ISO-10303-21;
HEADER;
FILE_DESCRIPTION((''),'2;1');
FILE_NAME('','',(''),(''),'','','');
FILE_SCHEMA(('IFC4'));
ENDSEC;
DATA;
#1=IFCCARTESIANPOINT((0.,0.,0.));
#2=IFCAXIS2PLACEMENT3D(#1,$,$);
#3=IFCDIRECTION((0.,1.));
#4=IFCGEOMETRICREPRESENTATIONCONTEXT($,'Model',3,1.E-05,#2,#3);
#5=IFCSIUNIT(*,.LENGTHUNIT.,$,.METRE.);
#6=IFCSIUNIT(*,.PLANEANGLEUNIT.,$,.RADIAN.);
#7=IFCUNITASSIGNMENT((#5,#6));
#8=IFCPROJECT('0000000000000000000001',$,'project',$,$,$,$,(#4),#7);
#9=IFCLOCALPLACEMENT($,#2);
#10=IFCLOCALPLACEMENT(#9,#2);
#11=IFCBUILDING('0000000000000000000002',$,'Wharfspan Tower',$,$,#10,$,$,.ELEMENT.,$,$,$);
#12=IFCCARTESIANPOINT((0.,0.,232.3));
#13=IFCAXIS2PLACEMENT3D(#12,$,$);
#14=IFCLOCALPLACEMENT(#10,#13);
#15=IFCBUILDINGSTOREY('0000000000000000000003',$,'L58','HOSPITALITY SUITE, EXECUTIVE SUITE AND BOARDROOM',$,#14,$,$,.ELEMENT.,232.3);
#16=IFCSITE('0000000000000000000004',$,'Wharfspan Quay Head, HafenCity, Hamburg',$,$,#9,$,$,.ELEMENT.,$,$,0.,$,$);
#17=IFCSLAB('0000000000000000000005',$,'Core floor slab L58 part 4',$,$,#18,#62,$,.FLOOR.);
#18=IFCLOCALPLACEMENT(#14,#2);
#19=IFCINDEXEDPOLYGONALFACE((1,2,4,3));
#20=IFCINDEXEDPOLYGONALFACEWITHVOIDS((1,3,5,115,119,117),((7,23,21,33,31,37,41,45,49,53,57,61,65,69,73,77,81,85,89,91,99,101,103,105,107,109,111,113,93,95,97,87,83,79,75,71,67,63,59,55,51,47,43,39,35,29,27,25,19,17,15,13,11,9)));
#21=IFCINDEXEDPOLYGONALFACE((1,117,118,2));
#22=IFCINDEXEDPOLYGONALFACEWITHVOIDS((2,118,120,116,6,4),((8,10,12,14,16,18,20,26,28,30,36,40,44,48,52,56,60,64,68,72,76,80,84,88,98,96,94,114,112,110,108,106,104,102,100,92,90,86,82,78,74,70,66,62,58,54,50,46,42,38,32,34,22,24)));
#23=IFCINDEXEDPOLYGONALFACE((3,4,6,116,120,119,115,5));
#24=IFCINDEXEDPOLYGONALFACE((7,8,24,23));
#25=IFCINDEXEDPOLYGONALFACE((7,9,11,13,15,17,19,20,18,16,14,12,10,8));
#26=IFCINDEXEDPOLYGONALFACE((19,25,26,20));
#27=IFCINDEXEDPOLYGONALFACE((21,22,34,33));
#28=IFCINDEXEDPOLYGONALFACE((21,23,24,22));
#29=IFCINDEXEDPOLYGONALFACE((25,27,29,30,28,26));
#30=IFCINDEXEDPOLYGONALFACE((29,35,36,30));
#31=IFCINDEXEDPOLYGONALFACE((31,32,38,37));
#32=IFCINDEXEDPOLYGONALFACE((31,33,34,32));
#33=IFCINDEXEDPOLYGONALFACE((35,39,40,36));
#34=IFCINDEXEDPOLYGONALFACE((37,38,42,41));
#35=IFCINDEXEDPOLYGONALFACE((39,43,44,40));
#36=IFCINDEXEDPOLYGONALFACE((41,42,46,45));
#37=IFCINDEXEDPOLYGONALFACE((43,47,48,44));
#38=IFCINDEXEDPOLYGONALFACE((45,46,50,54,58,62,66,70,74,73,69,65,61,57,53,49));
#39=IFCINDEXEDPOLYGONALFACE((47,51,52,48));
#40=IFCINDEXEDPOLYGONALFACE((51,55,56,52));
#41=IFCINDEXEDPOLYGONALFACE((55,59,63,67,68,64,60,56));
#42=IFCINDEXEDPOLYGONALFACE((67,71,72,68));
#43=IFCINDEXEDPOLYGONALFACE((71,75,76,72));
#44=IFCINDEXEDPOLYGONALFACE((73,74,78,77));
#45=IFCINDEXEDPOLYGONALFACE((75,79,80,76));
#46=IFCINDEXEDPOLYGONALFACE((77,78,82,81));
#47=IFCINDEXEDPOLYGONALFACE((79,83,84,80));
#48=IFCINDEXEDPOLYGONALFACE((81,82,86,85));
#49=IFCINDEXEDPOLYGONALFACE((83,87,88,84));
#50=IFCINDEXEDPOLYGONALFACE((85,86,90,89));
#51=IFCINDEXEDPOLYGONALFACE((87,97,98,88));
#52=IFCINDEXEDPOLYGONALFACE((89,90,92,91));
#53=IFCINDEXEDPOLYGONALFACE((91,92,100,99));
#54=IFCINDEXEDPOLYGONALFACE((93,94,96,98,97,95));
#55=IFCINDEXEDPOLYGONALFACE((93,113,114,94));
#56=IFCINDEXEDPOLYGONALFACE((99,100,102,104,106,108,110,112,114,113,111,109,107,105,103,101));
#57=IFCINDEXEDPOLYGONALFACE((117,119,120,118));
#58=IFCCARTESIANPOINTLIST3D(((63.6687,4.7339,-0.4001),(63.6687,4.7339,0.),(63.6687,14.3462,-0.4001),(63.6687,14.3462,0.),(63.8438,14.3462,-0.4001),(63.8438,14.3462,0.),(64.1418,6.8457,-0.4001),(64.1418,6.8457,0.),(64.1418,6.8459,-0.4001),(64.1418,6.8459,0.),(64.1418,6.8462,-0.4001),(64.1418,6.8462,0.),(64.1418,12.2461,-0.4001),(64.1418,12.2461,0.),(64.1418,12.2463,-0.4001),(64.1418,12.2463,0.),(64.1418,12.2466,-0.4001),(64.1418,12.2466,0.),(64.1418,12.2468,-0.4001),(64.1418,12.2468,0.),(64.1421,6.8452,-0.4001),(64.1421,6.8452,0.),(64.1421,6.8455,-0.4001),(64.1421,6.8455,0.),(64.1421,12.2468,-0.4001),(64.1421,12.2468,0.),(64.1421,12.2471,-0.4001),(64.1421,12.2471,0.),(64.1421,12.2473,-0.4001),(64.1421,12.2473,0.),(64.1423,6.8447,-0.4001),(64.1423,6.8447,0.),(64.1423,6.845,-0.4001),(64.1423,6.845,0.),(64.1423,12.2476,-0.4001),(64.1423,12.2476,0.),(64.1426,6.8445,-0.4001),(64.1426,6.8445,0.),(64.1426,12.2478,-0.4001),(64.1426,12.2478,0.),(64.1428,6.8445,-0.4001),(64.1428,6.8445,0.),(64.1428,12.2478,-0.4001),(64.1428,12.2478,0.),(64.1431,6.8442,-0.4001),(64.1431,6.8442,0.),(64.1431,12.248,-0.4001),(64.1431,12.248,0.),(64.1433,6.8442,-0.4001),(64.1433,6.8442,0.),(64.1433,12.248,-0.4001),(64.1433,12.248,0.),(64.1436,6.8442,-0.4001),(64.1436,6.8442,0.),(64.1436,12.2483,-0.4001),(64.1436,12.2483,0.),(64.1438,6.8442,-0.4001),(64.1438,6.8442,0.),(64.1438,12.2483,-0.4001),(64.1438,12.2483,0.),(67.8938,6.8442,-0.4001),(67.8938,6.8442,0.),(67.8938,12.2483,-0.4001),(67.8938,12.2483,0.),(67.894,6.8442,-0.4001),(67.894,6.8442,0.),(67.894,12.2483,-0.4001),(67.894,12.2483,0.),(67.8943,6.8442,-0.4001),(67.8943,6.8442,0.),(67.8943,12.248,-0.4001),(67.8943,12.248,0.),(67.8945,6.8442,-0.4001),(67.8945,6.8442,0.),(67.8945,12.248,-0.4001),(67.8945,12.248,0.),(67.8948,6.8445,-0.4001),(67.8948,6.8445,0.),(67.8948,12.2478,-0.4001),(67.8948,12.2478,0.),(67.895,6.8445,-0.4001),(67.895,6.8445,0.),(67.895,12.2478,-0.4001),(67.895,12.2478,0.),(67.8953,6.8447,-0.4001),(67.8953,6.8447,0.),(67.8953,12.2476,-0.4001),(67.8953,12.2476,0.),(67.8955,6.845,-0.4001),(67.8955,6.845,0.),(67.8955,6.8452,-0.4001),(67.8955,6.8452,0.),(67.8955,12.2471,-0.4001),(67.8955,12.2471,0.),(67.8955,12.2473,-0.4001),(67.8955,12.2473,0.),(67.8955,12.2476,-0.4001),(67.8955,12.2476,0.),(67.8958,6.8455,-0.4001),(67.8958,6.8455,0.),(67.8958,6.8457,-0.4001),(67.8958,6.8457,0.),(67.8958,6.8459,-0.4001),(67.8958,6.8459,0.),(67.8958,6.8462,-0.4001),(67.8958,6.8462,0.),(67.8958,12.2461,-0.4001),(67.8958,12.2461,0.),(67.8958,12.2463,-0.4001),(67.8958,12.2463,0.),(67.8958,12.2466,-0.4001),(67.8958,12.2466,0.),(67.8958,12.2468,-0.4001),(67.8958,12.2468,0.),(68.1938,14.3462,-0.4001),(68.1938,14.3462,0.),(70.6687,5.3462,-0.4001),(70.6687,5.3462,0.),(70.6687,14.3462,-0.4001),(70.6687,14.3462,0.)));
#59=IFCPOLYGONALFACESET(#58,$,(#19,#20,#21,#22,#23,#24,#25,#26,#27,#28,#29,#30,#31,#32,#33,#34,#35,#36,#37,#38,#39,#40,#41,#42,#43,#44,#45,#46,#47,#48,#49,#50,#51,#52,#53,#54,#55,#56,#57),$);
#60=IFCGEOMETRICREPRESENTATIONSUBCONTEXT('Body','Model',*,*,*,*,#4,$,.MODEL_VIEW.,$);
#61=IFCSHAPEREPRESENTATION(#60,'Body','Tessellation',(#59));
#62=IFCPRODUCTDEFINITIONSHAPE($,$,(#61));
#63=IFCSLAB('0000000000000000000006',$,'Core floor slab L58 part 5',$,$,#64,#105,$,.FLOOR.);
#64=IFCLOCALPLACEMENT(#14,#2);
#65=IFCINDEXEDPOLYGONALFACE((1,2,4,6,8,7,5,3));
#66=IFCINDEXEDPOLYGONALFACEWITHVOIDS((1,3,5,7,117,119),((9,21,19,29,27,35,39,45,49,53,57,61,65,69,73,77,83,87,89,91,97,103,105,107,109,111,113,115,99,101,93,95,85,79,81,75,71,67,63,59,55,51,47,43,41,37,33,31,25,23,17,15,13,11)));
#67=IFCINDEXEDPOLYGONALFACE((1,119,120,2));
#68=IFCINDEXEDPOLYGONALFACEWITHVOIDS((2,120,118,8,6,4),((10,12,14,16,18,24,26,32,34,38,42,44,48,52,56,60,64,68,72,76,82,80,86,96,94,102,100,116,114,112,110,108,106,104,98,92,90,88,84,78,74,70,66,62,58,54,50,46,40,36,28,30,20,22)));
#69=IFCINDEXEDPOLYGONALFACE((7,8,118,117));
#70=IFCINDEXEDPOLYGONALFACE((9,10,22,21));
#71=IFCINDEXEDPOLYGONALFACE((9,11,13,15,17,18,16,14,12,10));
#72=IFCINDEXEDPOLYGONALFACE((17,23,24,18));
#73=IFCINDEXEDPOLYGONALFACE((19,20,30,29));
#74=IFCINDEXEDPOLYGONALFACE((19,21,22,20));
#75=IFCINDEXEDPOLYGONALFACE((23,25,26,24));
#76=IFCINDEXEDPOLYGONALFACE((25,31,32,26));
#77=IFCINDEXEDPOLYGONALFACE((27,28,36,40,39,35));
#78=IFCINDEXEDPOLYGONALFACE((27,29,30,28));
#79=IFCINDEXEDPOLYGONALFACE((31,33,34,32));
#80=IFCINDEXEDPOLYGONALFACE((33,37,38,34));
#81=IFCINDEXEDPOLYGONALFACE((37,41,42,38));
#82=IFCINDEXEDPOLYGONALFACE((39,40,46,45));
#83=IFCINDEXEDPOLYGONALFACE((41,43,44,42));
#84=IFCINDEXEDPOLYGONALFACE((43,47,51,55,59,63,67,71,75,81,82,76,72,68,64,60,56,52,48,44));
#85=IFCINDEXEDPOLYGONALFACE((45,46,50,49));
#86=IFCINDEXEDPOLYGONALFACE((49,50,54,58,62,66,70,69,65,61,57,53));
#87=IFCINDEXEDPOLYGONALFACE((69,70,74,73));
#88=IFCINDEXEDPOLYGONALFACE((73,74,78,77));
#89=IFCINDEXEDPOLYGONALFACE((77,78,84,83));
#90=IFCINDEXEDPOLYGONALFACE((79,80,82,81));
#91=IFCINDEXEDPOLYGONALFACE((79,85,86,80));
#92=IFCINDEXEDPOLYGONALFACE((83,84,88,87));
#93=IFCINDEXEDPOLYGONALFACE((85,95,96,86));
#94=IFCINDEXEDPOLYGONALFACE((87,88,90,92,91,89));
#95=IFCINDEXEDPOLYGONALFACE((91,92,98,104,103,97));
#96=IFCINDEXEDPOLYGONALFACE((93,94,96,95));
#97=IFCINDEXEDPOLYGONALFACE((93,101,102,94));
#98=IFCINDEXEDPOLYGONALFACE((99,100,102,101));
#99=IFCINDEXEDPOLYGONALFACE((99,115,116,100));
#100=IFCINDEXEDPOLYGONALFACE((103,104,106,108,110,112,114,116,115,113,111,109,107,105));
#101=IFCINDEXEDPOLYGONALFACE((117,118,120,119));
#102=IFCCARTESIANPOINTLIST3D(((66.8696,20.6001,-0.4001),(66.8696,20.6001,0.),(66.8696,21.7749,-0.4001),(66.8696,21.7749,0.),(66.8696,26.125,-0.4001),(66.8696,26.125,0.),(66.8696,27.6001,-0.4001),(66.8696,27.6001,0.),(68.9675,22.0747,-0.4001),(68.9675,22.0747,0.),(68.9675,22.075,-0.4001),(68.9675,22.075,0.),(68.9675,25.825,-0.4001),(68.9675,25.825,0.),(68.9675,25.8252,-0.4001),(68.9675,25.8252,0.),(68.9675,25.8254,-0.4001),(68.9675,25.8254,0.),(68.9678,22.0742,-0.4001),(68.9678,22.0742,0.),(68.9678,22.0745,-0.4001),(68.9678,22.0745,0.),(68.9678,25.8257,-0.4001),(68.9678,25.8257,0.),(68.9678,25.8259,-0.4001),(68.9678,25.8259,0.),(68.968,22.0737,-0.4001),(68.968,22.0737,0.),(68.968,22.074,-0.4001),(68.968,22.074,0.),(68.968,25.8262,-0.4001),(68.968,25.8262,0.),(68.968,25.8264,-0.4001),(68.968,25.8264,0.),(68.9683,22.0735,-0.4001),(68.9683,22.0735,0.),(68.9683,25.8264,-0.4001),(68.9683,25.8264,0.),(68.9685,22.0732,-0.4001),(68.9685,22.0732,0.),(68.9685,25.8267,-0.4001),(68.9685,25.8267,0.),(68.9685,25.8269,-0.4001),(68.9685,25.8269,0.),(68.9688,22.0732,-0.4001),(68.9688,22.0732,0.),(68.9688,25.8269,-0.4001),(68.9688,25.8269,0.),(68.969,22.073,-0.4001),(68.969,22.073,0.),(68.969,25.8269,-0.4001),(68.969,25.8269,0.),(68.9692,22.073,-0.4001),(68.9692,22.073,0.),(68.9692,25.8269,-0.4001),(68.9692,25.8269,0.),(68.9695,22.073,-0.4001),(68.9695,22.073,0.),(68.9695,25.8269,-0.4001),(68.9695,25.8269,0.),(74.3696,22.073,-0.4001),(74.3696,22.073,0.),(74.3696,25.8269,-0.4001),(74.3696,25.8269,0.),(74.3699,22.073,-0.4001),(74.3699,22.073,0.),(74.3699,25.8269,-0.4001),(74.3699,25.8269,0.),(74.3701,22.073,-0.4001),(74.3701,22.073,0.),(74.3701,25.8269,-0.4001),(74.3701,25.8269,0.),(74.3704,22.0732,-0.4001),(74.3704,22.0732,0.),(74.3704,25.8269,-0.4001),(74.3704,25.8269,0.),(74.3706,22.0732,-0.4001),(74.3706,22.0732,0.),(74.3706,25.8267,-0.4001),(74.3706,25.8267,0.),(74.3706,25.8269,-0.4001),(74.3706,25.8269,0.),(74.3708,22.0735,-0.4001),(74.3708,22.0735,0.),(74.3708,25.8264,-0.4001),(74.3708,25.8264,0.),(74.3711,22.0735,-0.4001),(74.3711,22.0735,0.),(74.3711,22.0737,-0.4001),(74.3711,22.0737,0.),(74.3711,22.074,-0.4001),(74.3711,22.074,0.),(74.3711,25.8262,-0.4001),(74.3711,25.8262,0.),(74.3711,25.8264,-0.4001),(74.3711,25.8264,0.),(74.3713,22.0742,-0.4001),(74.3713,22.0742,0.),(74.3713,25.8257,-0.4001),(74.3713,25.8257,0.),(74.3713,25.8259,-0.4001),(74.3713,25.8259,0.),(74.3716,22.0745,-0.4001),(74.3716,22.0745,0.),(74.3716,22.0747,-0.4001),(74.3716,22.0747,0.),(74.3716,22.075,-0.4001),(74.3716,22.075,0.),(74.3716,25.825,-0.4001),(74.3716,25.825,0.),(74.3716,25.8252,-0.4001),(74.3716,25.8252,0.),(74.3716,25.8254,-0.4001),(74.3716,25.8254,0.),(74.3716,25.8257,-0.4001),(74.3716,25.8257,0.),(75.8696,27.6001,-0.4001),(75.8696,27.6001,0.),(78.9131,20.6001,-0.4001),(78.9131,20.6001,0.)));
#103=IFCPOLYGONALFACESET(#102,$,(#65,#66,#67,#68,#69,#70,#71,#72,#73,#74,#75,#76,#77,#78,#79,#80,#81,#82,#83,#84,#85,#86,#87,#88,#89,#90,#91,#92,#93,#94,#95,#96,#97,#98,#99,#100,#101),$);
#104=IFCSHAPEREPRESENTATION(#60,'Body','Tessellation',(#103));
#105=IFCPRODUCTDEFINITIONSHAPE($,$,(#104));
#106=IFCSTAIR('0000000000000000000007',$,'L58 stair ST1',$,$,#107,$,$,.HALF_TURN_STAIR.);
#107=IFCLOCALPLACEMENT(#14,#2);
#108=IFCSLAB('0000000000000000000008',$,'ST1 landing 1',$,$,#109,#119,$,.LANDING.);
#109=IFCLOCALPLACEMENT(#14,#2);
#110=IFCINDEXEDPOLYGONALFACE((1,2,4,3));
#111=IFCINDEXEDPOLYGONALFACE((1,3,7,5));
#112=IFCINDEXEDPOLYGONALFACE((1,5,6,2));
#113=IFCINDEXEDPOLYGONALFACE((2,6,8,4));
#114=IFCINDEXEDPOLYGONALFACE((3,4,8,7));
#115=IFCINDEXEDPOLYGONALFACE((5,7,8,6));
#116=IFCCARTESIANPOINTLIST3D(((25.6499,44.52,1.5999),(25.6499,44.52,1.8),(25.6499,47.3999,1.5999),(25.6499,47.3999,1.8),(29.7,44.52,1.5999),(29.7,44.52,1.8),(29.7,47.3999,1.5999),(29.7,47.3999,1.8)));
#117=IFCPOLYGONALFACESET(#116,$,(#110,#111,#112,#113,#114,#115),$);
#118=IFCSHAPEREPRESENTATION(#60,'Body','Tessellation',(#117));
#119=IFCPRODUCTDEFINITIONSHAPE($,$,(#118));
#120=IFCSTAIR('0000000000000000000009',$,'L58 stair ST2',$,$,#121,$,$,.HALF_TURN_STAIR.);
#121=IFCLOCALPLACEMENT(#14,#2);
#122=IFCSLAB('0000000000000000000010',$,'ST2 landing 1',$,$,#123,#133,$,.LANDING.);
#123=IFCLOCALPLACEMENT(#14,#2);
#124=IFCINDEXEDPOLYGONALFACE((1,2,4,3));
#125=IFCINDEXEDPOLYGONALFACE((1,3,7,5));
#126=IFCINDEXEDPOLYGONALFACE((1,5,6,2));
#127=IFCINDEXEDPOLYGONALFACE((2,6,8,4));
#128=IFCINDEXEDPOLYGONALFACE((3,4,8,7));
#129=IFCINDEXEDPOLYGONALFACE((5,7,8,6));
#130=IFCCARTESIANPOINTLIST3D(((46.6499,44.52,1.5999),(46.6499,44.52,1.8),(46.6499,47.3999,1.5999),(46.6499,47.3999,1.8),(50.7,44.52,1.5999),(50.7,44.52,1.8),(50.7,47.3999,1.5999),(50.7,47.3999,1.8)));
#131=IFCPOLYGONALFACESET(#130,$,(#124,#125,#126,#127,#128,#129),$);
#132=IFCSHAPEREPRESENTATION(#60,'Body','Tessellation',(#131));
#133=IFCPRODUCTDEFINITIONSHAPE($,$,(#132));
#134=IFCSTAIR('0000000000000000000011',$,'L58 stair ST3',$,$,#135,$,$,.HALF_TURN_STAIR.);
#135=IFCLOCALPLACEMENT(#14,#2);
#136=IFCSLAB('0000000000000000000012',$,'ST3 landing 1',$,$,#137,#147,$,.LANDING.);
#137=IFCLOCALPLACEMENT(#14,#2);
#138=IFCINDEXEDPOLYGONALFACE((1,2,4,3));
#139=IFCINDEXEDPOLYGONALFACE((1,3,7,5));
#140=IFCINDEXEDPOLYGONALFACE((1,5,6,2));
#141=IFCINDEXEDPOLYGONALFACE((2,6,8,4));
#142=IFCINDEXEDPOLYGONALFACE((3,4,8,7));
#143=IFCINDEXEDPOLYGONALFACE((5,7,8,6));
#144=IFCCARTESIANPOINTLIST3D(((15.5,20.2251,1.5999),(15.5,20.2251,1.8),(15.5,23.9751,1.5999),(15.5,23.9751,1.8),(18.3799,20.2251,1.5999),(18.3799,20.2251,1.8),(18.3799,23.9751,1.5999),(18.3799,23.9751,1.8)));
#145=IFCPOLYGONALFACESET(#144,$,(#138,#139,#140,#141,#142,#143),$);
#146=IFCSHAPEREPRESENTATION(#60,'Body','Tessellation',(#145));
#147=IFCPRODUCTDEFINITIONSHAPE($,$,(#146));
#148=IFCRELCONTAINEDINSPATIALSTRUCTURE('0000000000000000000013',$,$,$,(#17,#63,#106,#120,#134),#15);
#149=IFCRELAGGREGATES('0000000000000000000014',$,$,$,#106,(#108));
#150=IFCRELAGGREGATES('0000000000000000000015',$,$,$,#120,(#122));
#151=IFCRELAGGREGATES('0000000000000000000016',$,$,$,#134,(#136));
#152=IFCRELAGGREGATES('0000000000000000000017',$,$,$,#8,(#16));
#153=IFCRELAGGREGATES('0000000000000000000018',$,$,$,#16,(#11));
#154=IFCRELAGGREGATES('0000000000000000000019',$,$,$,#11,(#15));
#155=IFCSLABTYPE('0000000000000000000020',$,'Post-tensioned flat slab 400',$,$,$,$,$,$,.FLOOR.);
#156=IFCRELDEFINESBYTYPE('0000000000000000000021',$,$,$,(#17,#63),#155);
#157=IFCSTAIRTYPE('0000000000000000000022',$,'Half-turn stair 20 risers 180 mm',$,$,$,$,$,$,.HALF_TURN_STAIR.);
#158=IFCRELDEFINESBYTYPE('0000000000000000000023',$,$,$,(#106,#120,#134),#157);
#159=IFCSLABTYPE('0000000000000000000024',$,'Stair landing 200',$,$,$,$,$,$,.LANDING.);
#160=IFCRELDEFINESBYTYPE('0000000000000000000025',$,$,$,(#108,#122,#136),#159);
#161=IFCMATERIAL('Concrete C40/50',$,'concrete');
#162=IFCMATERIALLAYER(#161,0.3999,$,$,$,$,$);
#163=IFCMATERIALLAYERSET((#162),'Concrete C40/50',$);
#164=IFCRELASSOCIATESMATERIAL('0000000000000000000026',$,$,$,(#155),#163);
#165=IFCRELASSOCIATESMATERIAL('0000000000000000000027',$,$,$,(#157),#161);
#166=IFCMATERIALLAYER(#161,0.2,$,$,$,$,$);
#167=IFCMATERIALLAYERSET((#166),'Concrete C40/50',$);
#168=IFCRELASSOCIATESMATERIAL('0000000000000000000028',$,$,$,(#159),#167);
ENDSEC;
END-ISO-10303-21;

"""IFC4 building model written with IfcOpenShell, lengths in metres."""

from ifc_helpers import new_model, si_unit, direction, frame, origin, place, context, subcontext, project, spatial, polyline, outline, extrude, material, layer, layer_set, type_object, element, aggregate, save


model = new_model("IFC4")

# Units and contexts
model_context = context("Model", 3, precision=1e-05, world=origin(), true_north=direction((0.0, 1.0)))
body_context = subcontext(model_context, "Body", "Model", "MODEL_VIEW")
ifc_project = project(units=[si_unit("LENGTHUNIT", "METRE"), si_unit("PLANEANGLEUNIT", "RADIAN")], contexts=[model_context])

# Site, building, storey
site_placement = place(None, origin())
site = spatial("IfcSite", under=ifc_project, at=site_placement, Name="Wharfspan Quay Head, HafenCity, Hamburg", CompositionType="ELEMENT", RefElevation=0.0)
building_placement = place(site_placement, origin())
building = spatial("IfcBuilding", under=site, at=building_placement, Name="Wharfspan Tower", CompositionType="ELEMENT")
storey_placement = place(building_placement, frame((0.0, 0.0, 232.3)))
storey = spatial("IfcBuildingStorey", under=building, at=storey_placement, Name="L58", Description="HOSPITALITY SUITE, EXECUTIVE SUITE AND BOARDROOM", CompositionType="ELEMENT", Elevation=232.3)

# Slabs
ifc_material_1 = material(Name="Concrete C40/50", Category="concrete")
ifc_layer_1 = layer(ifc_material_1, 0.3999)
ifc_layer_set_1 = layer_set([ifc_layer_1], Name="Concrete C40/50")
slab_type_1 = type_object("IfcSlabType", Name="Post-tensioned flat slab 400", PredefinedType="FLOOR", material=ifc_layer_set_1)
slab_1_placement = place(storey_placement, frame((0.0, 0.0, -0.4001)))
element("IfcSlab", 1, at=slab_1_placement, inside=storey, type_object=slab_type_1, Name="Core floor slab L58 part 4", PredefinedType="FLOOR", context=body_context, shape_type="SweptSolid", body=[
    extrude(outline(polyline([(70.6687, 14.3462), (68.1938, 14.3462), (63.8438, 14.3462), (63.6687, 14.3462), (63.6687, 4.7339), (70.6687, 5.3462), (70.6687, 14.3462)]), holes=[polyline([(64.1418, 12.2461), (64.1418, 12.2463), (64.1418, 12.2466), (64.1418, 12.2468), (64.1421, 12.2468), (64.1421, 12.2471), (64.1421, 12.2473), (64.1423, 12.2476), (64.1423, 12.2476), (64.1426, 12.2478), (64.1426, 12.2478), (64.1428, 12.2478), (64.1431, 12.248), (64.1433, 12.248), (64.1433, 12.248), (64.1436, 12.2483), (64.1438, 12.2483), (67.8938, 12.2483), (67.894, 12.2483), (67.8943, 12.248), (67.8943, 12.248), (67.8945, 12.248), (67.8948, 12.2478), (67.895, 12.2478), (67.895, 12.2478), (67.8953, 12.2476), (67.8955, 12.2476), (67.8955, 12.2473), (67.8955, 12.2471), (67.8958, 12.2468), (67.8958, 12.2468), (67.8958, 12.2466), (67.8958, 12.2463), (67.8958, 12.2461), (67.8958, 6.8462), (67.8958, 6.8459), (67.8958, 6.8457), (67.8958, 6.8457), (67.8958, 6.8455), (67.8955, 6.8452), (67.8955, 6.8452), (67.8955, 6.845), (67.8953, 6.8447), (67.895, 6.8445), (67.895, 6.8445), (67.8948, 6.8445), (67.8945, 6.8442), (67.8943, 6.8442), (67.8943, 6.8442), (67.894, 6.8442), (67.8938, 6.8442), (64.1438, 6.8442), (64.1436, 6.8442), (64.1433, 6.8442), (64.1433, 6.8442), (64.1431, 6.8442), (64.1428, 6.8445), (64.1426, 6.8445), (64.1426, 6.8445), (64.1423, 6.8447), (64.1423, 6.845), (64.1421, 6.8452), (64.1421, 6.8452), (64.1421, 6.8455), (64.1418, 6.8457), (64.1418, 6.8457), (64.1418, 6.8459), (64.1418, 6.8462), (64.1418, 12.2461)])]), origin(), (0.0, 0.0, 1.0), 0.4001),
])
slab_2_placement = place(storey_placement, frame((0.0, 0.0, -0.4001)))
element("IfcSlab", 2, at=slab_2_placement, inside=storey, type_object=slab_type_1, Name="Core floor slab L58 part 5", PredefinedType="FLOOR", context=body_context, shape_type="SweptSolid", body=[
    extrude(outline(polyline([(75.8696, 27.6001), (66.8696, 27.6001), (66.8696, 26.125), (66.8696, 21.7749), (66.8696, 20.6001), (78.9131, 20.6001), (75.8696, 27.6001)]), holes=[polyline([(68.9675, 25.825), (68.9675, 25.8252), (68.9675, 25.8254), (68.9678, 25.8257), (68.9678, 25.8257), (68.9678, 25.8259), (68.968, 25.8262), (68.968, 25.8264), (68.9683, 25.8264), (68.9683, 25.8264), (68.9685, 25.8267), (68.9685, 25.8269), (68.9688, 25.8269), (68.969, 25.8269), (68.9692, 25.8269), (68.9695, 25.8269), (68.9695, 25.8269), (74.3696, 25.8269), (74.3699, 25.8269), (74.3701, 25.8269), (74.3701, 25.8269), (74.3704, 25.8269), (74.3706, 25.8269), (74.3706, 25.8267), (74.3709, 25.8264), (74.3711, 25.8264), (74.3711, 25.8264), (74.3711, 25.8262), (74.3713, 25.8259), (74.3713, 25.8257), (74.3716, 25.8257), (74.3716, 25.8254), (74.3716, 25.8252), (74.3716, 25.825), (74.3716, 22.075), (74.3716, 22.0747), (74.3716, 22.0747), (74.3716, 22.0745), (74.3713, 22.0742), (74.3713, 22.0742), (74.3711, 22.074), (74.3711, 22.0737), (74.3711, 22.0735), (74.3709, 22.0735), (74.3706, 22.0732), (74.3706, 22.0732), (74.3704, 22.0732), (74.3701, 22.073), (74.3701, 22.073), (74.3699, 22.073), (74.3696, 22.073), (68.9695, 22.073), (68.9695, 22.073), (68.9692, 22.073), (68.969, 22.073), (68.9688, 22.0732), (68.9685, 22.0732), (68.9685, 22.0732), (68.9683, 22.0735), (68.9683, 22.0735), (68.968, 22.0737), (68.968, 22.074), (68.9678, 22.0742), (68.9678, 22.0742), (68.9678, 22.0745), (68.9675, 22.0747), (68.9675, 22.0747), (68.9675, 22.075), (68.9675, 25.825)])]), origin(), (0.0, 0.0, 1.0), 0.4001),
])

# Stairs, slabs
stair_type = type_object("IfcStairType", Name="Half-turn stair 20 risers 180 mm", PredefinedType="HALF_TURN_STAIR", material=ifc_material_1)
stair_1_placement = place(storey_placement, origin())
stair_1 = element("IfcStair", 3, at=stair_1_placement, inside=storey, type_object=stair_type, Name="L58 stair ST1", PredefinedType="HALF_TURN_STAIR")
ifc_layer_2 = layer(ifc_material_1, 0.2)
ifc_layer_set_2 = layer_set([ifc_layer_2], Name="Concrete C40/50")
slab_type_2 = type_object("IfcSlabType", Name="Stair landing 200", PredefinedType="LANDING", material=ifc_layer_set_2)
slab_3_placement = place(storey_placement, frame((0.0, 0.0, 1.5999)))
slab_3 = element("IfcSlab", 4, at=slab_3_placement, type_object=slab_type_2, Name="ST1 landing 1", PredefinedType="LANDING", context=body_context, shape_type="SweptSolid", body=[
    extrude(outline(polyline([(25.6499, 44.52), (29.7, 44.52), (29.7, 47.3999), (25.6499, 47.3999), (25.6499, 44.52)])), origin(), (0.0, 0.0, 1.0), 0.2002),
])
aggregate(stair_1, [slab_3])
stair_2_placement = place(storey_placement, origin())
stair_2 = element("IfcStair", 5, at=stair_2_placement, inside=storey, type_object=stair_type, Name="L58 stair ST2", PredefinedType="HALF_TURN_STAIR")
slab_4_placement = place(storey_placement, frame((0.0, 0.0, 1.5999)))
slab_4 = element("IfcSlab", 6, at=slab_4_placement, type_object=slab_type_2, Name="ST2 landing 1", PredefinedType="LANDING", context=body_context, shape_type="SweptSolid", body=[
    extrude(outline(polyline([(46.6499, 44.52), (50.7, 44.52), (50.7, 47.3999), (46.6499, 47.3999), (46.6499, 44.52)])), origin(), (0.0, 0.0, 1.0), 0.2002),
])
aggregate(stair_2, [slab_4])
stair_3_placement = place(storey_placement, origin())
stair_3 = element("IfcStair", 7, at=stair_3_placement, inside=storey, type_object=stair_type, Name="L58 stair ST3", PredefinedType="HALF_TURN_STAIR")
slab_5_placement = place(storey_placement, frame((0.0, 0.0, 1.5999)))
slab_5 = element("IfcSlab", 8, at=slab_5_placement, type_object=slab_type_2, Name="ST3 landing 1", PredefinedType="LANDING", context=body_context, shape_type="SweptSolid", body=[
    extrude(outline(polyline([(18.3799, 23.9751), (15.5, 23.9751), (15.5, 20.2251), (18.3799, 20.2251), (18.3799, 23.9751)])), origin(), (0.0, 0.0, 1.0), 0.2002),
])

aggregate(stair_3, [slab_5])

save(model, "model.ifc")
